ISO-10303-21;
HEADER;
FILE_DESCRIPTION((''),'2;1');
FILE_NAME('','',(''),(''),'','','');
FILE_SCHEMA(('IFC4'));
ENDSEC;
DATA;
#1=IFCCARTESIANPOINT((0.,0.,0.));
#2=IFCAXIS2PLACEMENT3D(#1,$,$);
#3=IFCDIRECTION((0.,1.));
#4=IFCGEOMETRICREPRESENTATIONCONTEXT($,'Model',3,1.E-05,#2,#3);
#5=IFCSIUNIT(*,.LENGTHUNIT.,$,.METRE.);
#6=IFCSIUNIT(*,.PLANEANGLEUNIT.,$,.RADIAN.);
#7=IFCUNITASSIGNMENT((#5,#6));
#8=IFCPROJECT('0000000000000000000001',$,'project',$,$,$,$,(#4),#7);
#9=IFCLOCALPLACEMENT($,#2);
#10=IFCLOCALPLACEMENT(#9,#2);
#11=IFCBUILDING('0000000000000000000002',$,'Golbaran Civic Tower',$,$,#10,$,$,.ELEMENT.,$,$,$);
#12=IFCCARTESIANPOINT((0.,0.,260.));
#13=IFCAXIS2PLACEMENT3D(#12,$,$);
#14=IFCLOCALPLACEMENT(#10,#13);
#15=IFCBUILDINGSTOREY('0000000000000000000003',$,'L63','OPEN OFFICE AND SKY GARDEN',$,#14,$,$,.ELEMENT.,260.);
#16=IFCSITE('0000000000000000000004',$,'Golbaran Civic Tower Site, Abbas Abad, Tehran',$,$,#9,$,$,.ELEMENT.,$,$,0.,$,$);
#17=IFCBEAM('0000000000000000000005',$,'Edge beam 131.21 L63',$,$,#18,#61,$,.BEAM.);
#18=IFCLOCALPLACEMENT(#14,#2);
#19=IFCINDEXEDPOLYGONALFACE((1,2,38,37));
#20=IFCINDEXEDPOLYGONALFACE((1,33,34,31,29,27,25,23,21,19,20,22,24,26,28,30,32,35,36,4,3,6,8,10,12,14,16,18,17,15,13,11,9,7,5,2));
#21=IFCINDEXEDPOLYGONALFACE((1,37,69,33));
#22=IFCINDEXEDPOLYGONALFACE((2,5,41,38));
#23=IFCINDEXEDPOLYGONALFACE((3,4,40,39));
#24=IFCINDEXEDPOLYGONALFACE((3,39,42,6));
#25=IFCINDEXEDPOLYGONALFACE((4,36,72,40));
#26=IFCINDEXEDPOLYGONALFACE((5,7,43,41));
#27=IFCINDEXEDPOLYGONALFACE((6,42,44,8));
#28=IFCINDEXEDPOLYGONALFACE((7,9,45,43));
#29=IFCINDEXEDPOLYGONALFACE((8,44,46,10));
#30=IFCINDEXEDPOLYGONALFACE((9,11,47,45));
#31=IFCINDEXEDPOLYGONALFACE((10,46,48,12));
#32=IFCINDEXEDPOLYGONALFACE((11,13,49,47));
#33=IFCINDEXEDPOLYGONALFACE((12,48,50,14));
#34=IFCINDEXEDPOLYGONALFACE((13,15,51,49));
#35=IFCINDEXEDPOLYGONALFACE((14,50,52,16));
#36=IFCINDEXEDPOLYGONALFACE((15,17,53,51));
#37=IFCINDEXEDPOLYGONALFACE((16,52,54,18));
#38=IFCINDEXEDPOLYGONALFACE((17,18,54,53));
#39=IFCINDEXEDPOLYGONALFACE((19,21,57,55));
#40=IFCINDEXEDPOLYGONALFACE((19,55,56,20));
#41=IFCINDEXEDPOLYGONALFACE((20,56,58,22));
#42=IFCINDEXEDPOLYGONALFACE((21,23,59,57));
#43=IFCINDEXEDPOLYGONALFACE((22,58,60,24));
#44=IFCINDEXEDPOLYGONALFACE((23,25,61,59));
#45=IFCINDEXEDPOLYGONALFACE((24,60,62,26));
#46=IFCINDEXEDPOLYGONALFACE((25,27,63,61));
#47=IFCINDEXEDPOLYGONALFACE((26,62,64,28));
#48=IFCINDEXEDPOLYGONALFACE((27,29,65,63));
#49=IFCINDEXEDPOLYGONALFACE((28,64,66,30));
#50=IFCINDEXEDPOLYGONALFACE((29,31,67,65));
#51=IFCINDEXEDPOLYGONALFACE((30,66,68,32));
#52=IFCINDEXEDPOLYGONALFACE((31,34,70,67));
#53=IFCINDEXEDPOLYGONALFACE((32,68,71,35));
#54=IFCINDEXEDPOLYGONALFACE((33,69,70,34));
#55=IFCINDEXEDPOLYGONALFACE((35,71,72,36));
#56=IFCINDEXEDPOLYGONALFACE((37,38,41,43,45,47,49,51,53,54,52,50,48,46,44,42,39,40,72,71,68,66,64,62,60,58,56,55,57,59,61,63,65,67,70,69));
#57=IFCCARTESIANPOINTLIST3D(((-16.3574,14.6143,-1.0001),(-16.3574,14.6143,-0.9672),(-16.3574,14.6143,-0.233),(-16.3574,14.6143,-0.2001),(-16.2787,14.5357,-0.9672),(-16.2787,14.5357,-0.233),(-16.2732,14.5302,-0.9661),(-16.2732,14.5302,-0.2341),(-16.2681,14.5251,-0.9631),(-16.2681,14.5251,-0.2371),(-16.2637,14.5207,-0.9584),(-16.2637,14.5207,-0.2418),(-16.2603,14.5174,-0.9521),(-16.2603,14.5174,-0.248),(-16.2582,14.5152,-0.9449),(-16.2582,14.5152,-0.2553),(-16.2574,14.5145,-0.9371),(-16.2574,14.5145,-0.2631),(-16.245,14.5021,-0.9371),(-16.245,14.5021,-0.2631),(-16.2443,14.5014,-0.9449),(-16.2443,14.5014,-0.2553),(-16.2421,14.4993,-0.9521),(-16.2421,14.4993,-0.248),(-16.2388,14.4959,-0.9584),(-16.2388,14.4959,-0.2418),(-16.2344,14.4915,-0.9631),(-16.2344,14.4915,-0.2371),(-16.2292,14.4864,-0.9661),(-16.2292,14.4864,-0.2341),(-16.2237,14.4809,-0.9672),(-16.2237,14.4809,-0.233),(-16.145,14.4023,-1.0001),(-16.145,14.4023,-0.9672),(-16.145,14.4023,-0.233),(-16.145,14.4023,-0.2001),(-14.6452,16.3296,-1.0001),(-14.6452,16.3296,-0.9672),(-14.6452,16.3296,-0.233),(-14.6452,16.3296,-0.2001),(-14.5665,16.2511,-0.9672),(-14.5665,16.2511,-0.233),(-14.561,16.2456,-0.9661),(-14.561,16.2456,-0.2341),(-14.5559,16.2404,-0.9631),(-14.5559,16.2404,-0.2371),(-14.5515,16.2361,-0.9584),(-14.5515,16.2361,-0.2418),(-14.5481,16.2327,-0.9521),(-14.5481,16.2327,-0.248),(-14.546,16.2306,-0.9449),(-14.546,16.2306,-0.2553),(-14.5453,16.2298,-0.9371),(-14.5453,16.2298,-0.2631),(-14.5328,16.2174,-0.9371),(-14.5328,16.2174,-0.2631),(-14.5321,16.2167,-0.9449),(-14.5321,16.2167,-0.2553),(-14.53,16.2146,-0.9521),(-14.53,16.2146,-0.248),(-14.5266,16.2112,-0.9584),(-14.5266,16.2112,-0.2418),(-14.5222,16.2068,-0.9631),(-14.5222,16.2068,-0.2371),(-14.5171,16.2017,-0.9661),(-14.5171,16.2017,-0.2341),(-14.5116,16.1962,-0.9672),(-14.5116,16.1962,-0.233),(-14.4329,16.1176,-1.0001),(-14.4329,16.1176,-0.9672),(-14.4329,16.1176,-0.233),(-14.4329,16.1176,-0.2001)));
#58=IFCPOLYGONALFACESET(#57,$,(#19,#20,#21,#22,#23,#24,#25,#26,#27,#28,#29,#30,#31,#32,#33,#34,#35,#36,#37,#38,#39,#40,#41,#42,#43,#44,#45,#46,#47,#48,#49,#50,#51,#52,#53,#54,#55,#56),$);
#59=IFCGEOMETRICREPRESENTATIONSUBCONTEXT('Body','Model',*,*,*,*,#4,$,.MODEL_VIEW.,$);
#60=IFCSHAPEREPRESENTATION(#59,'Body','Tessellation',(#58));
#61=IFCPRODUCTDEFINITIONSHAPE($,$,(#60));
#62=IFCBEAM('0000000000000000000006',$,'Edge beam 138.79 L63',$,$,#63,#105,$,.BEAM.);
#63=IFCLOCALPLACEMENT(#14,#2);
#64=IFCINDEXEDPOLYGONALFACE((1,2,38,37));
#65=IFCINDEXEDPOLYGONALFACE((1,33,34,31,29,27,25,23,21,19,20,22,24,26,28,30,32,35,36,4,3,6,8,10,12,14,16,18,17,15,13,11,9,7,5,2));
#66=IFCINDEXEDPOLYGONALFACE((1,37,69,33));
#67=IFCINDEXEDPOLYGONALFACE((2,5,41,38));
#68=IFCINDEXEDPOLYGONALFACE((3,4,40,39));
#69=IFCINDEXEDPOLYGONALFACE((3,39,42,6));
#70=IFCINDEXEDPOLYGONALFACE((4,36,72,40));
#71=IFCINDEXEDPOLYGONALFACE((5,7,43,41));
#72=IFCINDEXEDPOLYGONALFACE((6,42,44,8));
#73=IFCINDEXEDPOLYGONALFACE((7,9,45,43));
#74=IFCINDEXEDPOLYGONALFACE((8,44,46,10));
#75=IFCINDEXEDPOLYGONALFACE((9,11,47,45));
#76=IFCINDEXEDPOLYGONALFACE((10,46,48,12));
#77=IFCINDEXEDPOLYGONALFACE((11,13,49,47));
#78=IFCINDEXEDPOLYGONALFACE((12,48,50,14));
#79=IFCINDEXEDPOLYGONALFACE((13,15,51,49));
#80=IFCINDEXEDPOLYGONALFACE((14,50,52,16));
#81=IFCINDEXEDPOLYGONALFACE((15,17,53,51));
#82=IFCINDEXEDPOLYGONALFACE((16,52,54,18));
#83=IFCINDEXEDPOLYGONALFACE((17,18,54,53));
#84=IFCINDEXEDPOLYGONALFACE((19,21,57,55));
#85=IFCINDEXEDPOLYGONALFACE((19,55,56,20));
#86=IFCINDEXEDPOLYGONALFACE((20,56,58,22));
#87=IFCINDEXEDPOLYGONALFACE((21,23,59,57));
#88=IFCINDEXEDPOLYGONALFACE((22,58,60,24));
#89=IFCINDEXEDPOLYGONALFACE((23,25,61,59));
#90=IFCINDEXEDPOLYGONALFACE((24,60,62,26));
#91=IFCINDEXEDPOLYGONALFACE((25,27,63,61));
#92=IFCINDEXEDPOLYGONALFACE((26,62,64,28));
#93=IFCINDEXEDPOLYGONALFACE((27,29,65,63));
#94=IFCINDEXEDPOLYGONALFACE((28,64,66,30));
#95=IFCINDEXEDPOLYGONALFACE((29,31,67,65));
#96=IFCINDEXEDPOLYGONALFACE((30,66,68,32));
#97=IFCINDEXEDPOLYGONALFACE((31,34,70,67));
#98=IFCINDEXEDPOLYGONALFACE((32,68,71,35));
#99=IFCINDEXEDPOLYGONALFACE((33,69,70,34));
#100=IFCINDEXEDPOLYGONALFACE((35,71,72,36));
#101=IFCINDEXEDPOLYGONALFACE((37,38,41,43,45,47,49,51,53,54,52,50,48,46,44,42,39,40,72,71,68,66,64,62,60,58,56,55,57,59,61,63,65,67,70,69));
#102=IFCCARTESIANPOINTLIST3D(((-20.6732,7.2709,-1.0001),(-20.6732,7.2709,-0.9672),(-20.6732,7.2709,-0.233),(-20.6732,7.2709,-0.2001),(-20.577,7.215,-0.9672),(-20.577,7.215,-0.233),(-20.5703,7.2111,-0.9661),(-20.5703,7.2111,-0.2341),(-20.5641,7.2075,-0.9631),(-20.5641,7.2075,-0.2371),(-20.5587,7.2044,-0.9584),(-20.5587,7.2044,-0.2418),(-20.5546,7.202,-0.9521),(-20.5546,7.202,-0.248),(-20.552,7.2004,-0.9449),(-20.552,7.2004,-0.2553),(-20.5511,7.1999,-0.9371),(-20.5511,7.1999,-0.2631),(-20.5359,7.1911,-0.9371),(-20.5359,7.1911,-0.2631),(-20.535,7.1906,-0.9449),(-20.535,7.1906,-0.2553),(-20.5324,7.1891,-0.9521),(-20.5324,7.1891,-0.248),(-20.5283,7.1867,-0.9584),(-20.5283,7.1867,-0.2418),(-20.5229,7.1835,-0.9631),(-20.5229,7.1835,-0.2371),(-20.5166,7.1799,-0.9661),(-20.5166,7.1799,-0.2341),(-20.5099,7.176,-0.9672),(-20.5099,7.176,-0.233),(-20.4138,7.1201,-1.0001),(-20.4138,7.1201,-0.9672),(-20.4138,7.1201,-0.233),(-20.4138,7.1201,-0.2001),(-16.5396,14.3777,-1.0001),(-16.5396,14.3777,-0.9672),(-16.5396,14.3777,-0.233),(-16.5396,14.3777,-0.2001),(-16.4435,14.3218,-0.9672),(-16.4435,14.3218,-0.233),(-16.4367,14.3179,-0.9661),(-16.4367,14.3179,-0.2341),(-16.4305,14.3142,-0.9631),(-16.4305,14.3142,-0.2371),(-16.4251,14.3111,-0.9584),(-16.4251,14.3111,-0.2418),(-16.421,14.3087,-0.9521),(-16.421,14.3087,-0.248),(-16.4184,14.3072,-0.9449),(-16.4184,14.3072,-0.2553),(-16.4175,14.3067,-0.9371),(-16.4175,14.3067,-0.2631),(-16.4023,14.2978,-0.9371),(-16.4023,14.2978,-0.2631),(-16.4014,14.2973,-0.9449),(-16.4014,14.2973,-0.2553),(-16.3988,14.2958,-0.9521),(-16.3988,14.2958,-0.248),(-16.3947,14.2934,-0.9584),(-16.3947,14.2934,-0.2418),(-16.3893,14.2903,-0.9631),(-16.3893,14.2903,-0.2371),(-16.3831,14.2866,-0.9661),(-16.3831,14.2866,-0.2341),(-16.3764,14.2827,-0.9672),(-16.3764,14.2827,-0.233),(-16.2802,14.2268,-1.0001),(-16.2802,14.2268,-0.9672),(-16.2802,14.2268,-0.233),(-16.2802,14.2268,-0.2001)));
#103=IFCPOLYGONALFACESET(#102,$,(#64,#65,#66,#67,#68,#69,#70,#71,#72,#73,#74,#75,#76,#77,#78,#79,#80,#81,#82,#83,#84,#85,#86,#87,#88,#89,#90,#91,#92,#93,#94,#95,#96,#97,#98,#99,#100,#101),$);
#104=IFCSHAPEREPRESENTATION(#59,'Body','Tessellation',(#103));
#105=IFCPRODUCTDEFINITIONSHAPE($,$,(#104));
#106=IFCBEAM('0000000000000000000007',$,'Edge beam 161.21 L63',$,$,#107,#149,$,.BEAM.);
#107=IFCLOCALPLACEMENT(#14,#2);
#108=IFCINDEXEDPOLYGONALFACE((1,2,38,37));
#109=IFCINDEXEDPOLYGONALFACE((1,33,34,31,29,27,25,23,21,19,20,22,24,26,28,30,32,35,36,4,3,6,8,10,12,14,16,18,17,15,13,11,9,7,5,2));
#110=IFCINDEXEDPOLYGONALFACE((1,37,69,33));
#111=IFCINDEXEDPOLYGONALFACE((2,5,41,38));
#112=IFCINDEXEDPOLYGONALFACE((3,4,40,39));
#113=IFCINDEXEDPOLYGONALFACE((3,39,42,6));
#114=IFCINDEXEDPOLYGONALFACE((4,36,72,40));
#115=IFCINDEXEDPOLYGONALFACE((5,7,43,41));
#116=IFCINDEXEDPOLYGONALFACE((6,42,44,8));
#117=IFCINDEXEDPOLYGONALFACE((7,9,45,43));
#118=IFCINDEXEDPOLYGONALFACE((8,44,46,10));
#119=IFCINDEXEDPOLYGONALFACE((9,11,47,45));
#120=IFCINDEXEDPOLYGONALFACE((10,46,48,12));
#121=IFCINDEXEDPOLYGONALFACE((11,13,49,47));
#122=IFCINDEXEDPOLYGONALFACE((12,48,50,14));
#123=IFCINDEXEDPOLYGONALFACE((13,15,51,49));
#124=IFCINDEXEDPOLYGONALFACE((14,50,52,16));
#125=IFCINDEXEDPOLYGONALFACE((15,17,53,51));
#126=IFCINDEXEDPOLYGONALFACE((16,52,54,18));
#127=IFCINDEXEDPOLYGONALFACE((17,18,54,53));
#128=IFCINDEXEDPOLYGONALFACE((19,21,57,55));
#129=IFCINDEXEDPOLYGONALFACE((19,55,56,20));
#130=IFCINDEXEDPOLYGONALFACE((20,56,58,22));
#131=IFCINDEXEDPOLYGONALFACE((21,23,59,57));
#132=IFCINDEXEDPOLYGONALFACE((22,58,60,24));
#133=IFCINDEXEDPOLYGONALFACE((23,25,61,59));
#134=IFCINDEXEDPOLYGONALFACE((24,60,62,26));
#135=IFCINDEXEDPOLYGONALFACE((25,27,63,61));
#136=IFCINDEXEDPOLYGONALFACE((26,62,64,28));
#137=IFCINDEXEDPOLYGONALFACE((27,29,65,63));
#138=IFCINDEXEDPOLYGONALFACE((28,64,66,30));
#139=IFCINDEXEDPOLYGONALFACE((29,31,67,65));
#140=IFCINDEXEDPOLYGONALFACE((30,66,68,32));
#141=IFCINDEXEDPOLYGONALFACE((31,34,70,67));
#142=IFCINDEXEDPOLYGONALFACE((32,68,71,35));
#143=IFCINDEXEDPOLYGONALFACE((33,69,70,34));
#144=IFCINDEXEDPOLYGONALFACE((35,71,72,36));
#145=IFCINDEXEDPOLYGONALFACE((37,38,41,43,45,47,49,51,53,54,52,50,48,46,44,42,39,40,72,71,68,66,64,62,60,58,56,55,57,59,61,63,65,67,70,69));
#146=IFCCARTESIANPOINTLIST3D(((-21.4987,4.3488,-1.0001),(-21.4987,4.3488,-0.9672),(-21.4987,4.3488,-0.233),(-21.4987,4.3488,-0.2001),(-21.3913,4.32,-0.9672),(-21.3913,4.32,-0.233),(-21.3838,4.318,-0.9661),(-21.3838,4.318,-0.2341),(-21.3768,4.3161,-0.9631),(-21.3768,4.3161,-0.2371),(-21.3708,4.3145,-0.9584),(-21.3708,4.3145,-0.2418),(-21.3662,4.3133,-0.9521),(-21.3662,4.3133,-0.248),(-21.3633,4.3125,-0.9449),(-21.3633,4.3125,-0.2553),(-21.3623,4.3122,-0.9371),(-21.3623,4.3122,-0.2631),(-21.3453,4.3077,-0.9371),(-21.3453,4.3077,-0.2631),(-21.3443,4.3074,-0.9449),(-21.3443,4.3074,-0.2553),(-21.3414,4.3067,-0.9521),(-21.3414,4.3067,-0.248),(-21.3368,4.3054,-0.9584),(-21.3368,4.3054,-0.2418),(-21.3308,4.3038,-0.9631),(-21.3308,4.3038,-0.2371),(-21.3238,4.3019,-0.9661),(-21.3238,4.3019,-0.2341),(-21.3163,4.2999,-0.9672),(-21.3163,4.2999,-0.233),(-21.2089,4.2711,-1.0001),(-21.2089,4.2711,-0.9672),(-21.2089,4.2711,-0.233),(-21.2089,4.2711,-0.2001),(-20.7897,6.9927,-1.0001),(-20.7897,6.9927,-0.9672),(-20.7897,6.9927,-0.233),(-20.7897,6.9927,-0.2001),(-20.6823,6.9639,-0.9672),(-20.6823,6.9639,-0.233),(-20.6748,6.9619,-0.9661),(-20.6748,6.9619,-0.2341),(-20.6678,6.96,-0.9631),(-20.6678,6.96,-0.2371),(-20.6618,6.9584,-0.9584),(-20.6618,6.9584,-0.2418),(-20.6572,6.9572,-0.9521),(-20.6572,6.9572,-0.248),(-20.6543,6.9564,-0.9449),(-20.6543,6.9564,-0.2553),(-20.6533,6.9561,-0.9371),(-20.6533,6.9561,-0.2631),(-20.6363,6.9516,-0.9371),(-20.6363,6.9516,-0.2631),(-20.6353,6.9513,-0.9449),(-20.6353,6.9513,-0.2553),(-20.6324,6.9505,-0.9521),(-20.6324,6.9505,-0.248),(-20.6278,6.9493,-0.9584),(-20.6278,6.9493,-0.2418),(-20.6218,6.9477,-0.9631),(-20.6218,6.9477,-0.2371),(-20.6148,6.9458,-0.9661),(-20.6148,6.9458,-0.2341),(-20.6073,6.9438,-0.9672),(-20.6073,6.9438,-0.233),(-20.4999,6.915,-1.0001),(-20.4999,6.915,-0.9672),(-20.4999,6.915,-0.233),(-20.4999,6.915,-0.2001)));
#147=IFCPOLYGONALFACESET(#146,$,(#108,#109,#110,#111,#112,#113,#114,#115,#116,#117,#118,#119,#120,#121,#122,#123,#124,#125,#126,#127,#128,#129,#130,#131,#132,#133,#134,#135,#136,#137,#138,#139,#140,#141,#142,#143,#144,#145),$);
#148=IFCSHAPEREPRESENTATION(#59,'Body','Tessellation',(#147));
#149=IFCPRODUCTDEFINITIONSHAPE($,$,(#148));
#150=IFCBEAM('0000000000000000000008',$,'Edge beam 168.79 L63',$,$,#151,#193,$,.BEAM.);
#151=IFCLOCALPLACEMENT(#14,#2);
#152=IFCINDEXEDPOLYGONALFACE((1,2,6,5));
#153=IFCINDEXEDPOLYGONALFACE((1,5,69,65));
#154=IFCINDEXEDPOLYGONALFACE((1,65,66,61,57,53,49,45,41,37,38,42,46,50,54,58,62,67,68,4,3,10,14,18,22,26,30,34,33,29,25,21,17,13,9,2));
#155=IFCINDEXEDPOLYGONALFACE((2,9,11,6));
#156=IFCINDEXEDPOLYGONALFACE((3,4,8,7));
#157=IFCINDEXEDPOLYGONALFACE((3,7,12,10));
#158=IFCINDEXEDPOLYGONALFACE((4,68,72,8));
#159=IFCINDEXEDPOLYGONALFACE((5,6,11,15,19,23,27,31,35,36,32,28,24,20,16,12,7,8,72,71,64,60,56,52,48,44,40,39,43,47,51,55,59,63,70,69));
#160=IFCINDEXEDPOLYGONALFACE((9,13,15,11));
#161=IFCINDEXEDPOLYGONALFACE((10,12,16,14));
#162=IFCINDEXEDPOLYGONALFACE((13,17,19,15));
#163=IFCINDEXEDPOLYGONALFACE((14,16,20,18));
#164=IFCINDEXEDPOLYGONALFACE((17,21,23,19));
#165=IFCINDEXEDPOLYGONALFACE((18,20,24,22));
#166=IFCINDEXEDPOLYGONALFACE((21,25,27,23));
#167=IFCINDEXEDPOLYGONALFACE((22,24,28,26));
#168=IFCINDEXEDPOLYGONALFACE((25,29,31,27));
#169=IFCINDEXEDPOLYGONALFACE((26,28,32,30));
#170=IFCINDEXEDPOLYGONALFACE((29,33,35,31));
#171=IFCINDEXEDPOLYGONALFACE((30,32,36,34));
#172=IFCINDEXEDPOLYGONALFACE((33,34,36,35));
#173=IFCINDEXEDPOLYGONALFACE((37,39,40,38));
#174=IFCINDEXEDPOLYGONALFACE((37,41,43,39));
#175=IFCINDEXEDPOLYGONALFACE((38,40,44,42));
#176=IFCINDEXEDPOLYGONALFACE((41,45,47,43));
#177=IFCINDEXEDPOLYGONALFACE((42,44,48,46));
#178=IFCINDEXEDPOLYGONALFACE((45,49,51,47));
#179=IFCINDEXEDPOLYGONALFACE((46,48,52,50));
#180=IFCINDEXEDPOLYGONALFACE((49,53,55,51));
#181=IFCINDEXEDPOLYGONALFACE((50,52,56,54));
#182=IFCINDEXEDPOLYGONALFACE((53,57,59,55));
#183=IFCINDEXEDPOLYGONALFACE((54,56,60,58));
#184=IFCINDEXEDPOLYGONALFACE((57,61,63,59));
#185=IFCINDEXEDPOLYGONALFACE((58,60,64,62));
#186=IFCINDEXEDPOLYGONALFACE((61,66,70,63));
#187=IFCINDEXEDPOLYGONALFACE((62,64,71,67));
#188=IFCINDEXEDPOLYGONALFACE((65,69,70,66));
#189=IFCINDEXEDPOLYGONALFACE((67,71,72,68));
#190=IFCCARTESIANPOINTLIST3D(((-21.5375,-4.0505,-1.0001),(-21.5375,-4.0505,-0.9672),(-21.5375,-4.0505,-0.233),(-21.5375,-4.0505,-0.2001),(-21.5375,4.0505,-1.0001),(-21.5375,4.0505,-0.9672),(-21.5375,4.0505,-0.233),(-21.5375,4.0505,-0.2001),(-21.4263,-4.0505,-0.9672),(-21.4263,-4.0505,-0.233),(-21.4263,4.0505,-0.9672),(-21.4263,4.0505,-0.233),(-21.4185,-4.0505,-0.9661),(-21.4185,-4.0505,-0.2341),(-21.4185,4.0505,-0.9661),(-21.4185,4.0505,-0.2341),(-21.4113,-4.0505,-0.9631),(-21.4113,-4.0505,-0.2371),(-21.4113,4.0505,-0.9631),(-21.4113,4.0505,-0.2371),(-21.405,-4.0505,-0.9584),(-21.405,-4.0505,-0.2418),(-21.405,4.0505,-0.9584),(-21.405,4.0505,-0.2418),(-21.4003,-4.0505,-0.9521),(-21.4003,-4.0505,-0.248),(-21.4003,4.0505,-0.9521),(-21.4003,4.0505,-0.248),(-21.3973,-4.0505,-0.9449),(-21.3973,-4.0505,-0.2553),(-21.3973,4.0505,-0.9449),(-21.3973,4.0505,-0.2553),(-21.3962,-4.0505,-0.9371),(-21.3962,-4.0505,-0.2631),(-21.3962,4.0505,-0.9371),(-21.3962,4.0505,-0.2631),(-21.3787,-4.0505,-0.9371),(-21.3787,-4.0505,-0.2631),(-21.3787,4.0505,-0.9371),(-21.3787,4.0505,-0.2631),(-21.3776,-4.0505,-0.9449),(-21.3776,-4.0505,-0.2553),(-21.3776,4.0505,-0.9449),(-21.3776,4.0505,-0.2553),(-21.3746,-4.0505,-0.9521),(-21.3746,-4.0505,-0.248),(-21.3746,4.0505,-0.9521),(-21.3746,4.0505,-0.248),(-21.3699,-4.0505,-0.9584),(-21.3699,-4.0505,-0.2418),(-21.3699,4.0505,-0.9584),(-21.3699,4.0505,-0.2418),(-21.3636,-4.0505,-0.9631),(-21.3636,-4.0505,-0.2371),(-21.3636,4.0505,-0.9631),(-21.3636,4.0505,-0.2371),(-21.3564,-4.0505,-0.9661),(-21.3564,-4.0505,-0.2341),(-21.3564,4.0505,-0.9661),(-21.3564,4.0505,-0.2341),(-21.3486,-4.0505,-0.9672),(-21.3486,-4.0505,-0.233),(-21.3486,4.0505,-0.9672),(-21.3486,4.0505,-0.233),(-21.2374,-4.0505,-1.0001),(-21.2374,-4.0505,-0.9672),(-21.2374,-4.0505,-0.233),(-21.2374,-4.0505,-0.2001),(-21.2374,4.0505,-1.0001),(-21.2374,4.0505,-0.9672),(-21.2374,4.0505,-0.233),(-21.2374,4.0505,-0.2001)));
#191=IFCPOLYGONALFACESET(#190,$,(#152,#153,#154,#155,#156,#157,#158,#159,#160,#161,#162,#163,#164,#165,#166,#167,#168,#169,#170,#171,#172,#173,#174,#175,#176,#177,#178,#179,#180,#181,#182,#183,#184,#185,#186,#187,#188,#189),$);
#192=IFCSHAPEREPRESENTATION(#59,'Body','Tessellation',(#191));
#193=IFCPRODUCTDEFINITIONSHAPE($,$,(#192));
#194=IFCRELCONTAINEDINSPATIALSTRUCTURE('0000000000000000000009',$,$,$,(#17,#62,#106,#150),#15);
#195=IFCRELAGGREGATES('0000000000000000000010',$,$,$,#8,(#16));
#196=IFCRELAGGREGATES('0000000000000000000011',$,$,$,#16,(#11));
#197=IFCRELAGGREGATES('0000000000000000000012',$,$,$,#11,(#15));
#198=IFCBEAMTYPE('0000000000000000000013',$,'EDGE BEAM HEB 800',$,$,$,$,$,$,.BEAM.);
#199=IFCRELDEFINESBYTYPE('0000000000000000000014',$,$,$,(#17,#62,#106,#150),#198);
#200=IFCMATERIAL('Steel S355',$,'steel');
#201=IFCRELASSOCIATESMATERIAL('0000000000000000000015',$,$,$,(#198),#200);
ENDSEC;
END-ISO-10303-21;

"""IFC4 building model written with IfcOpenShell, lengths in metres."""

from ifc_helpers import new_model, si_unit, direction, frame, origin, origin_2d, place, context, subcontext, project, spatial, i_section, extrude, material, material_profile, profile_set, type_object, element, save


model = new_model("IFC4")

# Units and contexts
model_context = context("Model", 3, precision=1e-05, world=origin(), true_north=direction((0.0, 1.0)))
body_context = subcontext(model_context, "Body", "Model", "MODEL_VIEW")
ifc_project = project(units=[si_unit("LENGTHUNIT", "METRE"), si_unit("PLANEANGLEUNIT", "RADIAN")], contexts=[model_context])

# Site, building, storey
site_placement = place(None, origin())
site = spatial("IfcSite", under=ifc_project, at=site_placement, Name="Golbaran Civic Tower Site, Abbas Abad, Tehran", CompositionType="ELEMENT", RefElevation=0.0)
building_placement = place(site_placement, origin())
building = spatial("IfcBuilding", under=site, at=building_placement, Name="Golbaran Civic Tower", CompositionType="ELEMENT")
storey_placement = place(building_placement, frame((0.0, 0.0, 260.0)))
storey = spatial("IfcBuildingStorey", under=building, at=storey_placement, Name="L63", Description="OPEN OFFICE AND SKY GARDEN", CompositionType="ELEMENT", Elevation=260.0)

# Beams
ifc_material_1 = material(Name="Steel S355", Category="steel")
ifc_material_profile_1 = material_profile(ifc_material_1, i_section(OverallWidth=0.3, OverallDepth=0.8, WebThickness=0.0176, FlangeThickness=0.033, FilletRadius=0.03, at=origin_2d()), Name="HEB 800")
ifc_profile_set_1 = profile_set([ifc_material_profile_1], Name="Steel S355")
beam_type_1 = type_object("IfcBeamType", Name="EDGE BEAM HEB 800", PredefinedType="BEAM", material=ifc_profile_set_1)
beam_1_placement = place(storey_placement, frame((-14.5391, 16.2236, -0.6001), z_axis=(-0.706452, -0.707761, 0.0), x_axis=(0.707761, -0.706452, 0.0)))
element("IfcBeam", 1, at=beam_1_placement, inside=storey, type_object=beam_type_1, Name="Edge beam 131.21 L63", PredefinedType="BEAM", context=body_context, shape_type="SweptSolid", body=[
    extrude(i_section(OverallWidth=0.3, OverallDepth=0.8, WebThickness=0.0176, FlangeThickness=0.033, FilletRadius=0.03, at=origin_2d()), origin(), (0.0, 0.0, 1.0), 2.4236),
])
beam_2_placement = place(storey_placement, frame((-16.4099, 14.3022, -0.6001), z_axis=(-0.502779, -0.864415, 0.0), x_axis=(0.864415, -0.502779, 0.0)))
element("IfcBeam", 2, at=beam_2_placement, inside=storey, type_object=beam_type_1, Name="Edge beam 138.79 L63", PredefinedType="BEAM", context=body_context, shape_type="SweptSolid", body=[
    extrude(i_section(OverallWidth=0.3, OverallDepth=0.8, WebThickness=0.0176, FlangeThickness=0.033, FilletRadius=0.03, at=origin_2d()), origin(), (0.0, 0.0, 1.0), 8.2214),
])
beam_3_placement = place(storey_placement, frame((-20.6448, 6.9539, -0.6001), z_axis=(-0.259017, -0.965873, 0.0), x_axis=(0.965873, -0.259017, 0.0)))
element("IfcBeam", 3, at=beam_3_placement, inside=storey, type_object=beam_type_1, Name="Edge beam 161.21 L63", PredefinedType="BEAM", context=body_context, shape_type="SweptSolid", body=[
    extrude(i_section(OverallWidth=0.3, OverallDepth=0.8, WebThickness=0.0176, FlangeThickness=0.033, FilletRadius=0.03, at=origin_2d()), origin(), (0.0, 0.0, 1.0), 2.7373),
])
beam_4_placement = place(storey_placement, frame((-21.3875, 4.0505, -0.6001), z_axis=(0.0, -1.0, 0.0), x_axis=(1.0, 0.0, 0.0)))
element("IfcBeam", 4, at=beam_4_placement, inside=storey, type_object=beam_type_1, Name="Edge beam 168.79 L63", PredefinedType="BEAM", context=body_context, shape_type="SweptSolid", body=[
    extrude(i_section(OverallWidth=0.3, OverallDepth=0.8, WebThickness=0.0176, FlangeThickness=0.033, FilletRadius=0.03, at=origin_2d()), origin(), (0.0, 0.0, 1.0), 8.1011),
])

save(model, "model.ifc")
